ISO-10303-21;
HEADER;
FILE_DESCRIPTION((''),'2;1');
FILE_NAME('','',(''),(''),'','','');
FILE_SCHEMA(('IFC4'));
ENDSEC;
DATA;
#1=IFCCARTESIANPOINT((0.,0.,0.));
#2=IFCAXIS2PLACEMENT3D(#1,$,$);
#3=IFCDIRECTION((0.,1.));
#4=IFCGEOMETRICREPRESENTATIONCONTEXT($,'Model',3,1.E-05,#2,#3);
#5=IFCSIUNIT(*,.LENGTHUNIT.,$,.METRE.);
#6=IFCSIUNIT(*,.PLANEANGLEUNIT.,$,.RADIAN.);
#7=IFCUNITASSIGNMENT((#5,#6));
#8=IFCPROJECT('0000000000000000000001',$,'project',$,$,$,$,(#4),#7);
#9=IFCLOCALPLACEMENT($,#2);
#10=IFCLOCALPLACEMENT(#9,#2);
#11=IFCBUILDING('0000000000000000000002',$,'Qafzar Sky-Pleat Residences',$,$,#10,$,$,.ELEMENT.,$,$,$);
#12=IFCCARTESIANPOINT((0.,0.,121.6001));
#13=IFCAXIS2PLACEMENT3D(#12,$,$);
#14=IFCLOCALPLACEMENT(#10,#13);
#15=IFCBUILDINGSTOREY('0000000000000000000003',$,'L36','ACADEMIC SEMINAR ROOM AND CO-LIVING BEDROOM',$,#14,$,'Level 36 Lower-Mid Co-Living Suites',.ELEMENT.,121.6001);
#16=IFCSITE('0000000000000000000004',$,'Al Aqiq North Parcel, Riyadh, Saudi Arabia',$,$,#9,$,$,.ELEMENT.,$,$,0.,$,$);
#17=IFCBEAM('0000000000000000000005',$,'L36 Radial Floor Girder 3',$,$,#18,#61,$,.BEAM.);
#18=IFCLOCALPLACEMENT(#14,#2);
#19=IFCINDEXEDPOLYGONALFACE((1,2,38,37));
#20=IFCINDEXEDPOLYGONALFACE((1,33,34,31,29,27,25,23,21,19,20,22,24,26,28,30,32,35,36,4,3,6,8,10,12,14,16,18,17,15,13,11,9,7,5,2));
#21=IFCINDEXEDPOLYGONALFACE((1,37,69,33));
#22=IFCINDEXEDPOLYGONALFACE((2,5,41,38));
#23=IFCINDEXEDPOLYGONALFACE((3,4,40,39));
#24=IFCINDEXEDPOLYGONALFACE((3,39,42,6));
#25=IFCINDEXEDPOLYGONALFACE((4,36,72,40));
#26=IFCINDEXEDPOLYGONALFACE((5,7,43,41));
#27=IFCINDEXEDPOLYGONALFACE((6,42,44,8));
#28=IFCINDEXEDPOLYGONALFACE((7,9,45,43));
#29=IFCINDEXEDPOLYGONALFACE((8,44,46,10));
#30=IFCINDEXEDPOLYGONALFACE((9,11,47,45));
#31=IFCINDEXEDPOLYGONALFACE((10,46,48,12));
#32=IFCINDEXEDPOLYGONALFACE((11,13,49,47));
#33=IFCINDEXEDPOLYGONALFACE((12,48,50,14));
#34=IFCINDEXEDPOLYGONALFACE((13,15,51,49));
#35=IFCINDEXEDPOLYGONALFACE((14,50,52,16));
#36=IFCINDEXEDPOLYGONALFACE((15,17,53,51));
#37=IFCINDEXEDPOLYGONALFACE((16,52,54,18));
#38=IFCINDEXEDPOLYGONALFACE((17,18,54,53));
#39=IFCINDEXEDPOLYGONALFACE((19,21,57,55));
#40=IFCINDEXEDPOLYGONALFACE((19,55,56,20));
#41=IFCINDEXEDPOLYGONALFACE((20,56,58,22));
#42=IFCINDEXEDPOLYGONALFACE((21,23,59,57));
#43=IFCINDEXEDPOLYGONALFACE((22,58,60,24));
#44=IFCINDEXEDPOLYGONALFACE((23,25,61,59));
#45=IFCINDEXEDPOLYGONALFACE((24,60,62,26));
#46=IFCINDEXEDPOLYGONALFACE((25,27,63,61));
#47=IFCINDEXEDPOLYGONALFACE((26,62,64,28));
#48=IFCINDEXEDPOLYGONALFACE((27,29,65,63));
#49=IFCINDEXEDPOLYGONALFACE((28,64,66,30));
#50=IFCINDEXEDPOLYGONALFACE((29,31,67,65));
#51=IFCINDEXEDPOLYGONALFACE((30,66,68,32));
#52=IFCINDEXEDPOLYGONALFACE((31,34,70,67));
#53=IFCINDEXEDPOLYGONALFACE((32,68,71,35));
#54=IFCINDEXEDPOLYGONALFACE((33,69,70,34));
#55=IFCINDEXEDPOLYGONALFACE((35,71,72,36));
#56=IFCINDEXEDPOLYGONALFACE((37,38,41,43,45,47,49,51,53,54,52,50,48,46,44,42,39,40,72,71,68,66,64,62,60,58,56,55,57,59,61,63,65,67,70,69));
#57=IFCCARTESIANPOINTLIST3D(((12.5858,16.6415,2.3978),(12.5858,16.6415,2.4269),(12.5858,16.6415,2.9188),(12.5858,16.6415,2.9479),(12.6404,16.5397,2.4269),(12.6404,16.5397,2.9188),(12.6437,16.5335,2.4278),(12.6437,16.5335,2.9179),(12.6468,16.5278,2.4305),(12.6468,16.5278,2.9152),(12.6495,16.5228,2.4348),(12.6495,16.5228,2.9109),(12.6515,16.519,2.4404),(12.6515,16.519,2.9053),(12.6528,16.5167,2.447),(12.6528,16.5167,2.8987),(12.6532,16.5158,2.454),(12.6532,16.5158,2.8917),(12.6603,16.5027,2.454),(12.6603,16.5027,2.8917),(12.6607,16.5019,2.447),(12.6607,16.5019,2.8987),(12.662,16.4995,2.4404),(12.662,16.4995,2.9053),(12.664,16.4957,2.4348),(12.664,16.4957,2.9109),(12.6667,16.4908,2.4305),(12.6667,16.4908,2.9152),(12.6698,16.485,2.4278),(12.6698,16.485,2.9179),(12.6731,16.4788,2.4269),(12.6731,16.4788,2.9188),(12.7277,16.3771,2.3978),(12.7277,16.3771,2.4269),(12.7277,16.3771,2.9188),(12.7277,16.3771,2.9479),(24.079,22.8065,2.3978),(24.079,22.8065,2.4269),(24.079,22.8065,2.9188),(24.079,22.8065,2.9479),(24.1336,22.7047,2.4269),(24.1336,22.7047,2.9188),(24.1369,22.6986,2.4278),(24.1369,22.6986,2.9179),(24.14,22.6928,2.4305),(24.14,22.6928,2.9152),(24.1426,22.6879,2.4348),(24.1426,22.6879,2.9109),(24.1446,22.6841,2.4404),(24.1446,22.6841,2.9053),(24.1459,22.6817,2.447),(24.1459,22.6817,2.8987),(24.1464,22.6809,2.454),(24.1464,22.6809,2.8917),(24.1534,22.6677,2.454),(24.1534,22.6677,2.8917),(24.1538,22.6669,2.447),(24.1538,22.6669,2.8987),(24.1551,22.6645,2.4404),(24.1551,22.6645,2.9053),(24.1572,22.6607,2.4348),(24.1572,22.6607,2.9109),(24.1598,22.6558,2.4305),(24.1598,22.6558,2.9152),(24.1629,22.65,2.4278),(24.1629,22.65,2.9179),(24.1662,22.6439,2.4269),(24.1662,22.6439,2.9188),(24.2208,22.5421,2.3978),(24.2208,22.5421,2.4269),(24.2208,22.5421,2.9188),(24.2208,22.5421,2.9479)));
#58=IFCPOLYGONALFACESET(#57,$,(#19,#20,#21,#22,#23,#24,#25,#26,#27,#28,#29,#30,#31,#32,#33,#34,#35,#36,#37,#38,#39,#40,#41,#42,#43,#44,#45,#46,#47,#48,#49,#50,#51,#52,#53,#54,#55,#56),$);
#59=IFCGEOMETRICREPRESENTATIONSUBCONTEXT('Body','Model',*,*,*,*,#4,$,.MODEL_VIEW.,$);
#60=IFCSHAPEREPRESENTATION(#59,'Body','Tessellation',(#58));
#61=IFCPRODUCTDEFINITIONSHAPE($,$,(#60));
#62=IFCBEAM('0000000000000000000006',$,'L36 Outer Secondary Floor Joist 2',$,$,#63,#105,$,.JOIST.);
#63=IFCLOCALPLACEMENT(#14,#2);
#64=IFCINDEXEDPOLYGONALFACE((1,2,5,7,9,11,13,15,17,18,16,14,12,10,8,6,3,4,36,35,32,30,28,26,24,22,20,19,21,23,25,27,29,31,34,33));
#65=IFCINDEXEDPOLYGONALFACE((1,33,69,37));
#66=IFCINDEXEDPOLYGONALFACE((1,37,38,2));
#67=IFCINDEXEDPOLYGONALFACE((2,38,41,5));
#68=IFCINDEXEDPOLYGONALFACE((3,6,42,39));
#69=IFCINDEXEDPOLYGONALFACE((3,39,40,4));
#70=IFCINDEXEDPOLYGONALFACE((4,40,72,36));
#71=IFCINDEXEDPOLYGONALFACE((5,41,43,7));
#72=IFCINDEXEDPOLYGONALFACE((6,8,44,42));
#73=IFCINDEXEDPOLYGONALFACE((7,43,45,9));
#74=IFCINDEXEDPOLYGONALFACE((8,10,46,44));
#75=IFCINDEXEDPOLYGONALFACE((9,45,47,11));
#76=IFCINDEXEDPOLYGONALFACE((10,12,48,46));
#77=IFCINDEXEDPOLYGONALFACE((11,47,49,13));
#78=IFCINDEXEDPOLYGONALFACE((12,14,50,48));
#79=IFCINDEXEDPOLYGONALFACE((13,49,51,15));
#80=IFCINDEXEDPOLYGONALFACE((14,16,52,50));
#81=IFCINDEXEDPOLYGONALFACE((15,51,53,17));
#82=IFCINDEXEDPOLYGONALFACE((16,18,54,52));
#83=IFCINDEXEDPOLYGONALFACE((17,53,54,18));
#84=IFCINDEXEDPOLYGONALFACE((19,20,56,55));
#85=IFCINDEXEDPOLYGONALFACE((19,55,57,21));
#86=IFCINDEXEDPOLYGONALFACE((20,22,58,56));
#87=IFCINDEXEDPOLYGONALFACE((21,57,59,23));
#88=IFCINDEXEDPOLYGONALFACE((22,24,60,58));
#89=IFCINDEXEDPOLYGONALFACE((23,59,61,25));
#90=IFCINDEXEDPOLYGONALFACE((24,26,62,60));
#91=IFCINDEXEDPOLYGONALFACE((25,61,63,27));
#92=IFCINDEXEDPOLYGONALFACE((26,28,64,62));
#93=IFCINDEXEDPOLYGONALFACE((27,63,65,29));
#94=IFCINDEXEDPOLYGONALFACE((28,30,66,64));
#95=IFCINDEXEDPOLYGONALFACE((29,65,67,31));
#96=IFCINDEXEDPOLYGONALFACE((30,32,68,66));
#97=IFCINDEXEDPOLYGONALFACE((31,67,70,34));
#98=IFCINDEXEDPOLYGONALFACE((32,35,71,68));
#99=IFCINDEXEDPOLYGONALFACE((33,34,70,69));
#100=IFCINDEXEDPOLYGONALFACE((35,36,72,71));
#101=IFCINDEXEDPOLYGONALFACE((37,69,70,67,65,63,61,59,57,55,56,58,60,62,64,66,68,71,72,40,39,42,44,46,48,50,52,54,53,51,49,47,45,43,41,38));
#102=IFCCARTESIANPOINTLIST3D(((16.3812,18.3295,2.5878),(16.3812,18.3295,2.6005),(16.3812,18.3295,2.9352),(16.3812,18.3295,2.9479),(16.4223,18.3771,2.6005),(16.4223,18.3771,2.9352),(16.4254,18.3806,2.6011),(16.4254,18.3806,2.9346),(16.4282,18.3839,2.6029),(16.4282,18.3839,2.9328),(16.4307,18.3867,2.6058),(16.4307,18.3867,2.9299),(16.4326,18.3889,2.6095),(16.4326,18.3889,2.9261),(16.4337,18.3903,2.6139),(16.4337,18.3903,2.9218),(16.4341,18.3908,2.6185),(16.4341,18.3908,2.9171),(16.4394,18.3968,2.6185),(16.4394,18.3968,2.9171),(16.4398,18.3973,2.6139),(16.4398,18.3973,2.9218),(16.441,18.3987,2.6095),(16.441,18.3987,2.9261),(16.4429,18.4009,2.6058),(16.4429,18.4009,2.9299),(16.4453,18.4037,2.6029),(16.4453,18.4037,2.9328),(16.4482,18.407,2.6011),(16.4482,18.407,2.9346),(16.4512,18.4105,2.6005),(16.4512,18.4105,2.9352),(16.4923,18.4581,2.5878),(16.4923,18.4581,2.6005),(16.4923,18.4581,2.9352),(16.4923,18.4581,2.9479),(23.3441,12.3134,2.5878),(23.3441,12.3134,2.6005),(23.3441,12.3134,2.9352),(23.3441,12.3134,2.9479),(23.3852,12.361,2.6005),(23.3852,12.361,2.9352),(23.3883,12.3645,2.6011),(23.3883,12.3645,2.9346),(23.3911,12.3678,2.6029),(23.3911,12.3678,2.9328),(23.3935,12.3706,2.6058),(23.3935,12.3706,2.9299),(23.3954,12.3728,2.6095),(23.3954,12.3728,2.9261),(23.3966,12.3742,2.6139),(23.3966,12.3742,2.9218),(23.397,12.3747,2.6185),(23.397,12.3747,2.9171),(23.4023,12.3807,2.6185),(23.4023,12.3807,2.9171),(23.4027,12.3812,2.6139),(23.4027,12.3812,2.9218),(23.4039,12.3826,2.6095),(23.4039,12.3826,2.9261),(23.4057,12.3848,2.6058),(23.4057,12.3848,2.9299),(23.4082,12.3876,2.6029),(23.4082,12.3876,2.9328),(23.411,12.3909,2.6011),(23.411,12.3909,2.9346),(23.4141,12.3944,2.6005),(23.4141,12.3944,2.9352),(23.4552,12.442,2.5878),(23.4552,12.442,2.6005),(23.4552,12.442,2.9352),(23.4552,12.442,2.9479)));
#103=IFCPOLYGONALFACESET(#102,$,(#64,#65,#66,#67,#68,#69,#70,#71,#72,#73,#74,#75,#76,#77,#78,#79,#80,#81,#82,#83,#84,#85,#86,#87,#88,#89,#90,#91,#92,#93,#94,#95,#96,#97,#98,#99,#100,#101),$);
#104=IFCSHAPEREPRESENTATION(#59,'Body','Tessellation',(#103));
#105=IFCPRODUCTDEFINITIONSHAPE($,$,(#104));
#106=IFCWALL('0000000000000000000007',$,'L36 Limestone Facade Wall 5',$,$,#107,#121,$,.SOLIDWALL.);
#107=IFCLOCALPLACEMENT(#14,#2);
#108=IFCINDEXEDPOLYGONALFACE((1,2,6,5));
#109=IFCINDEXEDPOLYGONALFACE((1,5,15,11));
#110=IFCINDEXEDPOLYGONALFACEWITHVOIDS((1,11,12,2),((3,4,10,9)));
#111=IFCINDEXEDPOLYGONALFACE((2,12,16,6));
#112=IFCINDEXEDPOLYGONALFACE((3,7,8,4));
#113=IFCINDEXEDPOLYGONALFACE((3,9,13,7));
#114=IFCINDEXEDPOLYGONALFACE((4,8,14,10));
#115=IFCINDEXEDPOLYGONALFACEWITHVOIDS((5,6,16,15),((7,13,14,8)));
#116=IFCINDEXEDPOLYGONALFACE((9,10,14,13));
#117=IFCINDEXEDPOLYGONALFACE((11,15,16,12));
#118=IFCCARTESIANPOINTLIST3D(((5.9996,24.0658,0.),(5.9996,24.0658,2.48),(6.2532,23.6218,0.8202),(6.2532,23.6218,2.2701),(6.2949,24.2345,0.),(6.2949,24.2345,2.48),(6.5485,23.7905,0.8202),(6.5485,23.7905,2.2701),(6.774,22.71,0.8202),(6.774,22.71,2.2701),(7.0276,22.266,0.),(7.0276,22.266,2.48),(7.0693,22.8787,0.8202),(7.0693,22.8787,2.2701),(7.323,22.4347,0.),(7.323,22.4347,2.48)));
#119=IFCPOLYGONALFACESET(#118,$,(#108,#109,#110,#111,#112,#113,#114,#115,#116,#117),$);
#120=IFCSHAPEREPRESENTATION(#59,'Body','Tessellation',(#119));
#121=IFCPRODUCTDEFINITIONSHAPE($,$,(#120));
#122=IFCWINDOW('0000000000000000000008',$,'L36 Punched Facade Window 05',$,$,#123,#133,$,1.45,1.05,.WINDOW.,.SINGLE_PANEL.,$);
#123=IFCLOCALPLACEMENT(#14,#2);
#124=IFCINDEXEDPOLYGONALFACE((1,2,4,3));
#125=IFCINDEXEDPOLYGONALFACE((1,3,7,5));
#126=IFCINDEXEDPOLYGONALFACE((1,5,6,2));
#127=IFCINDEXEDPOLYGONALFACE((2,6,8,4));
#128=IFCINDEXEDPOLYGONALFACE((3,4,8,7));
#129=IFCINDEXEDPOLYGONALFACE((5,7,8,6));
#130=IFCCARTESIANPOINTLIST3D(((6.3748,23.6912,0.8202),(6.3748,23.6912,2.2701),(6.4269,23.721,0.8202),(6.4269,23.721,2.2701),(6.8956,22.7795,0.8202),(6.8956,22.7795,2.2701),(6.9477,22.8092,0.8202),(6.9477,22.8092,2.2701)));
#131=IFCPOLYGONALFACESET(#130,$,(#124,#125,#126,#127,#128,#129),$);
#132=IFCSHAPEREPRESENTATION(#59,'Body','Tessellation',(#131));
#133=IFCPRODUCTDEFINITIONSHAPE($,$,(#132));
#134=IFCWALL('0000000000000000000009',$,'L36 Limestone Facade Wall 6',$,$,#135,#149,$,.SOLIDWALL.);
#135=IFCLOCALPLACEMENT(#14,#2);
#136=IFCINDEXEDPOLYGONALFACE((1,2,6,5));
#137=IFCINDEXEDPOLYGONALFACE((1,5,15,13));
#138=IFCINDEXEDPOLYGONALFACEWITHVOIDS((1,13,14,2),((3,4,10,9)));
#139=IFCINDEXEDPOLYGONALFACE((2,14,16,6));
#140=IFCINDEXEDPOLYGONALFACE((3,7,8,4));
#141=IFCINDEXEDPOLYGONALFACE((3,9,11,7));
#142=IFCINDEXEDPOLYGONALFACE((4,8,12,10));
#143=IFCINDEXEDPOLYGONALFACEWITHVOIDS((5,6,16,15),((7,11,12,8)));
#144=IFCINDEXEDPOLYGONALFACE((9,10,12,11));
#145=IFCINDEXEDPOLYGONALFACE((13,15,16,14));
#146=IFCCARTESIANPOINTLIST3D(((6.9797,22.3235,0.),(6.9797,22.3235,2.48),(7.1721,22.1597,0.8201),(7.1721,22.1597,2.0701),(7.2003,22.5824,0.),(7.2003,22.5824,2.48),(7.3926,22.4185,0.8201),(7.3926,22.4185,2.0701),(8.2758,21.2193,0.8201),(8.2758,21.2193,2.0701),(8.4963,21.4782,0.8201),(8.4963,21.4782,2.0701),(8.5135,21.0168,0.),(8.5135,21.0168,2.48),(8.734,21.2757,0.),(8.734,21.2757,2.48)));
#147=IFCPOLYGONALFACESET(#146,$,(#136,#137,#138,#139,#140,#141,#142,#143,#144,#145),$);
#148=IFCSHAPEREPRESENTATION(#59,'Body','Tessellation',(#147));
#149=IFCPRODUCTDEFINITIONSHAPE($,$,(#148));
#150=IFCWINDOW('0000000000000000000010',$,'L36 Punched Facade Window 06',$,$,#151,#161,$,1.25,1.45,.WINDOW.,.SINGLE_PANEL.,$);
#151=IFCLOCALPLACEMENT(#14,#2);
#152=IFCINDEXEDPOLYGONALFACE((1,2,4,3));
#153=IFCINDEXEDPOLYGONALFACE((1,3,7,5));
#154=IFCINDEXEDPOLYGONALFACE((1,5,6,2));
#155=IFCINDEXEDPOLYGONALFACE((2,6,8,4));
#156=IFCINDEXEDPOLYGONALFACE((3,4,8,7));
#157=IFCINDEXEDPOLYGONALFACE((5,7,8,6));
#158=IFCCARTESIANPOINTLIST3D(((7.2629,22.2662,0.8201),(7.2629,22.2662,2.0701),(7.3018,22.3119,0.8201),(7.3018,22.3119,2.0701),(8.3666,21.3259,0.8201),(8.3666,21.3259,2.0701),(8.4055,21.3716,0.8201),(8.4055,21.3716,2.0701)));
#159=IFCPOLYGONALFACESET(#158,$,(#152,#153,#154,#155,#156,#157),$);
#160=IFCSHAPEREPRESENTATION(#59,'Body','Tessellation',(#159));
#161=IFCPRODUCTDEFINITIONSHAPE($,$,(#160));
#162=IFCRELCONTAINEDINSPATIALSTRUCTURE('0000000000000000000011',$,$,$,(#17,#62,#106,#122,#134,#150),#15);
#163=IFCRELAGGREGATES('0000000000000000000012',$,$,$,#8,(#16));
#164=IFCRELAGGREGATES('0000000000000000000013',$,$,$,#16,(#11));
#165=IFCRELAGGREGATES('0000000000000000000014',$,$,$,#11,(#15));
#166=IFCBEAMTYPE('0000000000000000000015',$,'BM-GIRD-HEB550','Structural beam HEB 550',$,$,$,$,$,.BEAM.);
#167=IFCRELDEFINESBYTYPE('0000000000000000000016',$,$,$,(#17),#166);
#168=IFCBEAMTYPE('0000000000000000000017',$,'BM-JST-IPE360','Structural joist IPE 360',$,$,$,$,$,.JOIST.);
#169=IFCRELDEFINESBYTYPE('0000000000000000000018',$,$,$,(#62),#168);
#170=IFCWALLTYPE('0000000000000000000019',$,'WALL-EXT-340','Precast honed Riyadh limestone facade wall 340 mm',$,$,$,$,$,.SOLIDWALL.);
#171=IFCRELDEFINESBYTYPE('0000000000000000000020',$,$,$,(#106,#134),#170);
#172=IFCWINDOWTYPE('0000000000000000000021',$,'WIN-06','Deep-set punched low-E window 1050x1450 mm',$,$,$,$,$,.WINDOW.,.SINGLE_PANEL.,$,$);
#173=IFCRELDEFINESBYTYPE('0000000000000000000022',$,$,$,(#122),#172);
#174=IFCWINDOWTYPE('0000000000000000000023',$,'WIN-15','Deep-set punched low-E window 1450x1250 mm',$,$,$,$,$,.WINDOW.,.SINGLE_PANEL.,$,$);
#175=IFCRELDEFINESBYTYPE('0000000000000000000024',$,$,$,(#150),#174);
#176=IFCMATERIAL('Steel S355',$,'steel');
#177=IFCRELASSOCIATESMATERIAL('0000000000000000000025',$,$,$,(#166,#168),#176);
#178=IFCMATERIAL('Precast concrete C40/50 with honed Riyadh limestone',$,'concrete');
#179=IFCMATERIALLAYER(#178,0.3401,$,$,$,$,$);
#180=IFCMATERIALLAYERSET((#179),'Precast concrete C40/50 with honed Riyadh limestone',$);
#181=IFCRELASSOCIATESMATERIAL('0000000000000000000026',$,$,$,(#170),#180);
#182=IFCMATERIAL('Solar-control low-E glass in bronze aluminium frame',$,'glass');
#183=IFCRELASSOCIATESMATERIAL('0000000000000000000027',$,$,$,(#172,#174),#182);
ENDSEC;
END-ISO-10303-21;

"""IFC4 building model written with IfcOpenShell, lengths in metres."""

from ifc_helpers import new_model, si_unit, direction, frame, frame_2d, origin, origin_2d, place, context, subcontext, project, spatial, rectangle, i_section, extrude, source, transform, mapped, material, layer, layer_set, material_profile, profile_set, type_object, element, fill, save


model = new_model("IFC4")

# Units and contexts
model_context = context("Model", 3, precision=1e-05, world=origin(), true_north=direction((0.0, 1.0)))
body_context = subcontext(model_context, "Body", "Model", "MODEL_VIEW")
ifc_project = project(units=[si_unit("LENGTHUNIT", "METRE"), si_unit("PLANEANGLEUNIT", "RADIAN")], contexts=[model_context])

# Site, building, storey
site_placement = place(None, origin())
site = spatial("IfcSite", under=ifc_project, at=site_placement, Name="Al Aqiq North Parcel, Riyadh, Saudi Arabia", CompositionType="ELEMENT", RefElevation=0.0)
building_placement = place(site_placement, origin())
building = spatial("IfcBuilding", under=site, at=building_placement, Name="Qafzar Sky-Pleat Residences", CompositionType="ELEMENT")
storey_placement = place(building_placement, frame((0.0, 0.0, 121.6001)))
storey = spatial("IfcBuildingStorey", under=building, at=storey_placement, Name="L36", Description="ACADEMIC SEMINAR ROOM AND CO-LIVING BEDROOM", LongName="Level 36 Lower-Mid Co-Living Suites", CompositionType="ELEMENT", Elevation=121.6001)

# Beams
ifc_material_1 = material(Name="Steel S355", Category="steel")
ifc_material_profile_1 = material_profile(ifc_material_1, i_section(OverallWidth=0.3, OverallDepth=0.55, WebThickness=0.0149, FlangeThickness=0.0291, FilletRadius=0.0271, at=origin_2d()), Name="HEB 550")
ifc_profile_set_1 = profile_set([ifc_material_profile_1], Name="Steel S355")
beam_type_1 = type_object("IfcBeamType", Name="BM-GIRD-HEB550", Description="Structural beam HEB 550", PredefinedType="BEAM", material=ifc_profile_set_1)
shared_shape_1 = source(origin(), body_context, "Body", "SweptSolid", [
    extrude(i_section(OverallWidth=0.3, OverallDepth=0.55, WebThickness=0.0149, FlangeThickness=0.0291, FilletRadius=0.0271, at=origin_2d()), origin(), (0.0, 0.0, 1.0), 13.0422),
])
beam_1_placement = place(storey_placement, frame((12.6567, 16.5093, 2.6729), z_axis=(0.881225, 0.472697, 0.0), x_axis=(-0.472697, 0.881225, 0.0)))
element("IfcBeam", 1, at=beam_1_placement, inside=storey, type_object=beam_type_1, Name="L36 Radial Floor Girder 3", PredefinedType="BEAM", context=body_context, shape_type="MappedRepresentation", body=[
    mapped(shared_shape_1, transform((0.0, 0.0, 0.0), x_axis=(1.0, 0.0, 0.0), y_axis=(0.0, 1.0, 0.0), z_axis=(0.0, 0.0, 1.0), scale=1.0)),
])
ifc_material_profile_2 = material_profile(ifc_material_1, i_section(OverallWidth=0.1699, OverallDepth=0.3601, WebThickness=0.0081, FlangeThickness=0.0127, FilletRadius=0.0181, at=origin_2d()), Name="IPE 360")
ifc_profile_set_2 = profile_set([ifc_material_profile_2], Name="Steel S355")
beam_type_2 = type_object("IfcBeamType", Name="BM-JST-IPE360", Description="Structural joist IPE 360", PredefinedType="JOIST", material=ifc_profile_set_2)
shared_shape_2 = source(origin(), body_context, "Body", "SweptSolid", [
    extrude(i_section(OverallWidth=0.1699, OverallDepth=0.3601, WebThickness=0.0081, FlangeThickness=0.0127, FilletRadius=0.0181, at=origin_2d()), origin(), (0.0, 0.0, 1.0), 9.2019),
])
beam_2_placement = place(storey_placement, frame((16.4368, 18.3938, 2.7678), z_axis=(0.756677, -0.653788, 0.0), x_axis=(0.653788, 0.756677, 0.0)))
element("IfcBeam", 2, at=beam_2_placement, inside=storey, type_object=beam_type_2, Name="L36 Outer Secondary Floor Joist 2", PredefinedType="JOIST", context=body_context, shape_type="MappedRepresentation", body=[
    mapped(shared_shape_2, transform((0.0, 0.0, 0.0), x_axis=(1.0, 0.0, 0.0), y_axis=(0.0, 1.0, 0.0), z_axis=(0.0, 0.0, 1.0), scale=1.0)),
])

# Walls, openings, windows
ifc_material_2 = material(Name="Precast concrete C40/50 with honed Riyadh limestone", Category="concrete")
ifc_layer_1 = layer(ifc_material_2, 0.3401)
ifc_layer_set_1 = layer_set([ifc_layer_1], Name="Precast concrete C40/50 with honed Riyadh limestone")
wall_type_1 = type_object("IfcWallType", Name="WALL-EXT-340", Description="Precast honed Riyadh limestone facade wall 340 mm", PredefinedType="SOLIDWALL", material=ifc_layer_set_1)
wall_1_placement = place(storey_placement, frame((6.1472, 24.1501, 0.0), z_axis=(0.0, 0.0, 1.0), x_axis=(0.495999, -0.868323, 0.0)))
wall_1 = element("IfcWall", 3, at=wall_1_placement, inside=storey, type_object=wall_type_1, Name="L36 Limestone Facade Wall 5", PredefinedType="SOLIDWALL", context=body_context, shape_type="SweptSolid", body=[
    extrude(rectangle(XDim=2.0728, YDim=0.3401, at=frame_2d((1.0364, 0.0))), origin(), (0.0, 0.0, 1.0), 2.48),
])
opening_1_placement = place(wall_1_placement, frame((0.5115, 0.0, 0.8201)))
opening_1 = element("IfcOpeningElement", 4, at=opening_1_placement, cuts=wall_1, PredefinedType="OPENING", context=body_context, shape_type="SweptSolid", body=[
    extrude(rectangle(XDim=1.05, YDim=1.45, at=frame_2d((0.5249, 0.7251))), frame((0.0, 0.1802, 0.0), z_axis=(0.0, -1.0, 0.0), x_axis=(1.0, 0.0, 0.0)), (0.0, 0.0, 1.0), 0.3601),
])
ifc_material_3 = material(Name="Solar-control low-E glass in bronze aluminium frame", Category="glass")
window_type_1 = type_object("IfcWindowType", Name="WIN-06", Description="Deep-set punched low-E window 1050x1450 mm", PartitioningType="SINGLE_PANEL", PredefinedType="WINDOW", material=ifc_material_3)
shared_shape_3 = source(origin(), body_context, "Body", "SweptSolid", [
    extrude(rectangle(XDim=1.05, YDim=1.45, at=frame_2d((0.5249, 0.7251))), frame((0.0, 0.03, 0.0), z_axis=(0.0, -1.0, 0.0), x_axis=(1.0, 0.0, 0.0)), (0.0, 0.0, 1.0), 0.0601),
])
window_1_placement = place(opening_1_placement, origin())
window_1 = element("IfcWindow", 5, at=window_1_placement, inside=storey, type_object=window_type_1, Name="L36 Punched Facade Window 05", OverallHeight=1.45, OverallWidth=1.05, PartitioningType="SINGLE_PANEL", PredefinedType="WINDOW", context=body_context, shape_type="MappedRepresentation", body=[
    mapped(shared_shape_3, transform((0.0, 0.0, 0.0), x_axis=(1.0, 0.0, 0.0), y_axis=(0.0, 1.0, 0.0), z_axis=(0.0, 0.0, 1.0), scale=1.0)),
])
fill(opening_1, window_1)
wall_2_placement = place(storey_placement, frame((7.0901, 22.4529, 0.0), z_axis=(0.0, 0.0, 1.0), x_axis=(0.761203, -0.648513, 0.0)))
wall_2 = element("IfcWall", 6, at=wall_2_placement, inside=storey, type_object=wall_type_1, Name="L36 Limestone Facade Wall 6", PredefinedType="SOLIDWALL", context=body_context, shape_type="SweptSolid", body=[
    extrude(rectangle(XDim=2.0149, YDim=0.3401, at=frame_2d((1.0073, 0.0))), origin(), (0.0, 0.0, 1.0), 2.48),
])
opening_2_placement = place(wall_2_placement, frame((0.2524, 0.0, 0.8201)))
opening_2 = element("IfcOpeningElement", 7, at=opening_2_placement, cuts=wall_2, PredefinedType="OPENING", context=body_context, shape_type="SweptSolid", body=[
    extrude(rectangle(XDim=1.45, YDim=1.25, at=frame_2d((0.7251, 0.625))), frame((0.0, 0.1802, 0.0), z_axis=(0.0, -1.0, 0.0), x_axis=(1.0, 0.0, 0.0)), (0.0, 0.0, 1.0), 0.3601),
])
window_type_2 = type_object("IfcWindowType", Name="WIN-15", Description="Deep-set punched low-E window 1450x1250 mm", PartitioningType="SINGLE_PANEL", PredefinedType="WINDOW", material=ifc_material_3)
shared_shape_4 = source(origin(), body_context, "Body", "SweptSolid", [
    extrude(rectangle(XDim=1.45, YDim=1.25, at=frame_2d((0.7251, 0.625))), frame((0.0, 0.03, 0.0), z_axis=(0.0, -1.0, 0.0), x_axis=(1.0, 0.0, 0.0)), (0.0, 0.0, 1.0), 0.0601),
])
window_2_placement = place(opening_2_placement, origin())
window_2 = element("IfcWindow", 8, at=window_2_placement, inside=storey, type_object=window_type_2, Name="L36 Punched Facade Window 06", OverallHeight=1.25, OverallWidth=1.45, PartitioningType="SINGLE_PANEL", PredefinedType="WINDOW", context=body_context, shape_type="MappedRepresentation", body=[
    mapped(shared_shape_4, transform((0.0, 0.0, 0.0), x_axis=(1.0, 0.0, 0.0), y_axis=(0.0, 1.0, 0.0), z_axis=(0.0, 0.0, 1.0), scale=1.0)),
])
fill(opening_2, window_2)

save(model, "model.ifc")
